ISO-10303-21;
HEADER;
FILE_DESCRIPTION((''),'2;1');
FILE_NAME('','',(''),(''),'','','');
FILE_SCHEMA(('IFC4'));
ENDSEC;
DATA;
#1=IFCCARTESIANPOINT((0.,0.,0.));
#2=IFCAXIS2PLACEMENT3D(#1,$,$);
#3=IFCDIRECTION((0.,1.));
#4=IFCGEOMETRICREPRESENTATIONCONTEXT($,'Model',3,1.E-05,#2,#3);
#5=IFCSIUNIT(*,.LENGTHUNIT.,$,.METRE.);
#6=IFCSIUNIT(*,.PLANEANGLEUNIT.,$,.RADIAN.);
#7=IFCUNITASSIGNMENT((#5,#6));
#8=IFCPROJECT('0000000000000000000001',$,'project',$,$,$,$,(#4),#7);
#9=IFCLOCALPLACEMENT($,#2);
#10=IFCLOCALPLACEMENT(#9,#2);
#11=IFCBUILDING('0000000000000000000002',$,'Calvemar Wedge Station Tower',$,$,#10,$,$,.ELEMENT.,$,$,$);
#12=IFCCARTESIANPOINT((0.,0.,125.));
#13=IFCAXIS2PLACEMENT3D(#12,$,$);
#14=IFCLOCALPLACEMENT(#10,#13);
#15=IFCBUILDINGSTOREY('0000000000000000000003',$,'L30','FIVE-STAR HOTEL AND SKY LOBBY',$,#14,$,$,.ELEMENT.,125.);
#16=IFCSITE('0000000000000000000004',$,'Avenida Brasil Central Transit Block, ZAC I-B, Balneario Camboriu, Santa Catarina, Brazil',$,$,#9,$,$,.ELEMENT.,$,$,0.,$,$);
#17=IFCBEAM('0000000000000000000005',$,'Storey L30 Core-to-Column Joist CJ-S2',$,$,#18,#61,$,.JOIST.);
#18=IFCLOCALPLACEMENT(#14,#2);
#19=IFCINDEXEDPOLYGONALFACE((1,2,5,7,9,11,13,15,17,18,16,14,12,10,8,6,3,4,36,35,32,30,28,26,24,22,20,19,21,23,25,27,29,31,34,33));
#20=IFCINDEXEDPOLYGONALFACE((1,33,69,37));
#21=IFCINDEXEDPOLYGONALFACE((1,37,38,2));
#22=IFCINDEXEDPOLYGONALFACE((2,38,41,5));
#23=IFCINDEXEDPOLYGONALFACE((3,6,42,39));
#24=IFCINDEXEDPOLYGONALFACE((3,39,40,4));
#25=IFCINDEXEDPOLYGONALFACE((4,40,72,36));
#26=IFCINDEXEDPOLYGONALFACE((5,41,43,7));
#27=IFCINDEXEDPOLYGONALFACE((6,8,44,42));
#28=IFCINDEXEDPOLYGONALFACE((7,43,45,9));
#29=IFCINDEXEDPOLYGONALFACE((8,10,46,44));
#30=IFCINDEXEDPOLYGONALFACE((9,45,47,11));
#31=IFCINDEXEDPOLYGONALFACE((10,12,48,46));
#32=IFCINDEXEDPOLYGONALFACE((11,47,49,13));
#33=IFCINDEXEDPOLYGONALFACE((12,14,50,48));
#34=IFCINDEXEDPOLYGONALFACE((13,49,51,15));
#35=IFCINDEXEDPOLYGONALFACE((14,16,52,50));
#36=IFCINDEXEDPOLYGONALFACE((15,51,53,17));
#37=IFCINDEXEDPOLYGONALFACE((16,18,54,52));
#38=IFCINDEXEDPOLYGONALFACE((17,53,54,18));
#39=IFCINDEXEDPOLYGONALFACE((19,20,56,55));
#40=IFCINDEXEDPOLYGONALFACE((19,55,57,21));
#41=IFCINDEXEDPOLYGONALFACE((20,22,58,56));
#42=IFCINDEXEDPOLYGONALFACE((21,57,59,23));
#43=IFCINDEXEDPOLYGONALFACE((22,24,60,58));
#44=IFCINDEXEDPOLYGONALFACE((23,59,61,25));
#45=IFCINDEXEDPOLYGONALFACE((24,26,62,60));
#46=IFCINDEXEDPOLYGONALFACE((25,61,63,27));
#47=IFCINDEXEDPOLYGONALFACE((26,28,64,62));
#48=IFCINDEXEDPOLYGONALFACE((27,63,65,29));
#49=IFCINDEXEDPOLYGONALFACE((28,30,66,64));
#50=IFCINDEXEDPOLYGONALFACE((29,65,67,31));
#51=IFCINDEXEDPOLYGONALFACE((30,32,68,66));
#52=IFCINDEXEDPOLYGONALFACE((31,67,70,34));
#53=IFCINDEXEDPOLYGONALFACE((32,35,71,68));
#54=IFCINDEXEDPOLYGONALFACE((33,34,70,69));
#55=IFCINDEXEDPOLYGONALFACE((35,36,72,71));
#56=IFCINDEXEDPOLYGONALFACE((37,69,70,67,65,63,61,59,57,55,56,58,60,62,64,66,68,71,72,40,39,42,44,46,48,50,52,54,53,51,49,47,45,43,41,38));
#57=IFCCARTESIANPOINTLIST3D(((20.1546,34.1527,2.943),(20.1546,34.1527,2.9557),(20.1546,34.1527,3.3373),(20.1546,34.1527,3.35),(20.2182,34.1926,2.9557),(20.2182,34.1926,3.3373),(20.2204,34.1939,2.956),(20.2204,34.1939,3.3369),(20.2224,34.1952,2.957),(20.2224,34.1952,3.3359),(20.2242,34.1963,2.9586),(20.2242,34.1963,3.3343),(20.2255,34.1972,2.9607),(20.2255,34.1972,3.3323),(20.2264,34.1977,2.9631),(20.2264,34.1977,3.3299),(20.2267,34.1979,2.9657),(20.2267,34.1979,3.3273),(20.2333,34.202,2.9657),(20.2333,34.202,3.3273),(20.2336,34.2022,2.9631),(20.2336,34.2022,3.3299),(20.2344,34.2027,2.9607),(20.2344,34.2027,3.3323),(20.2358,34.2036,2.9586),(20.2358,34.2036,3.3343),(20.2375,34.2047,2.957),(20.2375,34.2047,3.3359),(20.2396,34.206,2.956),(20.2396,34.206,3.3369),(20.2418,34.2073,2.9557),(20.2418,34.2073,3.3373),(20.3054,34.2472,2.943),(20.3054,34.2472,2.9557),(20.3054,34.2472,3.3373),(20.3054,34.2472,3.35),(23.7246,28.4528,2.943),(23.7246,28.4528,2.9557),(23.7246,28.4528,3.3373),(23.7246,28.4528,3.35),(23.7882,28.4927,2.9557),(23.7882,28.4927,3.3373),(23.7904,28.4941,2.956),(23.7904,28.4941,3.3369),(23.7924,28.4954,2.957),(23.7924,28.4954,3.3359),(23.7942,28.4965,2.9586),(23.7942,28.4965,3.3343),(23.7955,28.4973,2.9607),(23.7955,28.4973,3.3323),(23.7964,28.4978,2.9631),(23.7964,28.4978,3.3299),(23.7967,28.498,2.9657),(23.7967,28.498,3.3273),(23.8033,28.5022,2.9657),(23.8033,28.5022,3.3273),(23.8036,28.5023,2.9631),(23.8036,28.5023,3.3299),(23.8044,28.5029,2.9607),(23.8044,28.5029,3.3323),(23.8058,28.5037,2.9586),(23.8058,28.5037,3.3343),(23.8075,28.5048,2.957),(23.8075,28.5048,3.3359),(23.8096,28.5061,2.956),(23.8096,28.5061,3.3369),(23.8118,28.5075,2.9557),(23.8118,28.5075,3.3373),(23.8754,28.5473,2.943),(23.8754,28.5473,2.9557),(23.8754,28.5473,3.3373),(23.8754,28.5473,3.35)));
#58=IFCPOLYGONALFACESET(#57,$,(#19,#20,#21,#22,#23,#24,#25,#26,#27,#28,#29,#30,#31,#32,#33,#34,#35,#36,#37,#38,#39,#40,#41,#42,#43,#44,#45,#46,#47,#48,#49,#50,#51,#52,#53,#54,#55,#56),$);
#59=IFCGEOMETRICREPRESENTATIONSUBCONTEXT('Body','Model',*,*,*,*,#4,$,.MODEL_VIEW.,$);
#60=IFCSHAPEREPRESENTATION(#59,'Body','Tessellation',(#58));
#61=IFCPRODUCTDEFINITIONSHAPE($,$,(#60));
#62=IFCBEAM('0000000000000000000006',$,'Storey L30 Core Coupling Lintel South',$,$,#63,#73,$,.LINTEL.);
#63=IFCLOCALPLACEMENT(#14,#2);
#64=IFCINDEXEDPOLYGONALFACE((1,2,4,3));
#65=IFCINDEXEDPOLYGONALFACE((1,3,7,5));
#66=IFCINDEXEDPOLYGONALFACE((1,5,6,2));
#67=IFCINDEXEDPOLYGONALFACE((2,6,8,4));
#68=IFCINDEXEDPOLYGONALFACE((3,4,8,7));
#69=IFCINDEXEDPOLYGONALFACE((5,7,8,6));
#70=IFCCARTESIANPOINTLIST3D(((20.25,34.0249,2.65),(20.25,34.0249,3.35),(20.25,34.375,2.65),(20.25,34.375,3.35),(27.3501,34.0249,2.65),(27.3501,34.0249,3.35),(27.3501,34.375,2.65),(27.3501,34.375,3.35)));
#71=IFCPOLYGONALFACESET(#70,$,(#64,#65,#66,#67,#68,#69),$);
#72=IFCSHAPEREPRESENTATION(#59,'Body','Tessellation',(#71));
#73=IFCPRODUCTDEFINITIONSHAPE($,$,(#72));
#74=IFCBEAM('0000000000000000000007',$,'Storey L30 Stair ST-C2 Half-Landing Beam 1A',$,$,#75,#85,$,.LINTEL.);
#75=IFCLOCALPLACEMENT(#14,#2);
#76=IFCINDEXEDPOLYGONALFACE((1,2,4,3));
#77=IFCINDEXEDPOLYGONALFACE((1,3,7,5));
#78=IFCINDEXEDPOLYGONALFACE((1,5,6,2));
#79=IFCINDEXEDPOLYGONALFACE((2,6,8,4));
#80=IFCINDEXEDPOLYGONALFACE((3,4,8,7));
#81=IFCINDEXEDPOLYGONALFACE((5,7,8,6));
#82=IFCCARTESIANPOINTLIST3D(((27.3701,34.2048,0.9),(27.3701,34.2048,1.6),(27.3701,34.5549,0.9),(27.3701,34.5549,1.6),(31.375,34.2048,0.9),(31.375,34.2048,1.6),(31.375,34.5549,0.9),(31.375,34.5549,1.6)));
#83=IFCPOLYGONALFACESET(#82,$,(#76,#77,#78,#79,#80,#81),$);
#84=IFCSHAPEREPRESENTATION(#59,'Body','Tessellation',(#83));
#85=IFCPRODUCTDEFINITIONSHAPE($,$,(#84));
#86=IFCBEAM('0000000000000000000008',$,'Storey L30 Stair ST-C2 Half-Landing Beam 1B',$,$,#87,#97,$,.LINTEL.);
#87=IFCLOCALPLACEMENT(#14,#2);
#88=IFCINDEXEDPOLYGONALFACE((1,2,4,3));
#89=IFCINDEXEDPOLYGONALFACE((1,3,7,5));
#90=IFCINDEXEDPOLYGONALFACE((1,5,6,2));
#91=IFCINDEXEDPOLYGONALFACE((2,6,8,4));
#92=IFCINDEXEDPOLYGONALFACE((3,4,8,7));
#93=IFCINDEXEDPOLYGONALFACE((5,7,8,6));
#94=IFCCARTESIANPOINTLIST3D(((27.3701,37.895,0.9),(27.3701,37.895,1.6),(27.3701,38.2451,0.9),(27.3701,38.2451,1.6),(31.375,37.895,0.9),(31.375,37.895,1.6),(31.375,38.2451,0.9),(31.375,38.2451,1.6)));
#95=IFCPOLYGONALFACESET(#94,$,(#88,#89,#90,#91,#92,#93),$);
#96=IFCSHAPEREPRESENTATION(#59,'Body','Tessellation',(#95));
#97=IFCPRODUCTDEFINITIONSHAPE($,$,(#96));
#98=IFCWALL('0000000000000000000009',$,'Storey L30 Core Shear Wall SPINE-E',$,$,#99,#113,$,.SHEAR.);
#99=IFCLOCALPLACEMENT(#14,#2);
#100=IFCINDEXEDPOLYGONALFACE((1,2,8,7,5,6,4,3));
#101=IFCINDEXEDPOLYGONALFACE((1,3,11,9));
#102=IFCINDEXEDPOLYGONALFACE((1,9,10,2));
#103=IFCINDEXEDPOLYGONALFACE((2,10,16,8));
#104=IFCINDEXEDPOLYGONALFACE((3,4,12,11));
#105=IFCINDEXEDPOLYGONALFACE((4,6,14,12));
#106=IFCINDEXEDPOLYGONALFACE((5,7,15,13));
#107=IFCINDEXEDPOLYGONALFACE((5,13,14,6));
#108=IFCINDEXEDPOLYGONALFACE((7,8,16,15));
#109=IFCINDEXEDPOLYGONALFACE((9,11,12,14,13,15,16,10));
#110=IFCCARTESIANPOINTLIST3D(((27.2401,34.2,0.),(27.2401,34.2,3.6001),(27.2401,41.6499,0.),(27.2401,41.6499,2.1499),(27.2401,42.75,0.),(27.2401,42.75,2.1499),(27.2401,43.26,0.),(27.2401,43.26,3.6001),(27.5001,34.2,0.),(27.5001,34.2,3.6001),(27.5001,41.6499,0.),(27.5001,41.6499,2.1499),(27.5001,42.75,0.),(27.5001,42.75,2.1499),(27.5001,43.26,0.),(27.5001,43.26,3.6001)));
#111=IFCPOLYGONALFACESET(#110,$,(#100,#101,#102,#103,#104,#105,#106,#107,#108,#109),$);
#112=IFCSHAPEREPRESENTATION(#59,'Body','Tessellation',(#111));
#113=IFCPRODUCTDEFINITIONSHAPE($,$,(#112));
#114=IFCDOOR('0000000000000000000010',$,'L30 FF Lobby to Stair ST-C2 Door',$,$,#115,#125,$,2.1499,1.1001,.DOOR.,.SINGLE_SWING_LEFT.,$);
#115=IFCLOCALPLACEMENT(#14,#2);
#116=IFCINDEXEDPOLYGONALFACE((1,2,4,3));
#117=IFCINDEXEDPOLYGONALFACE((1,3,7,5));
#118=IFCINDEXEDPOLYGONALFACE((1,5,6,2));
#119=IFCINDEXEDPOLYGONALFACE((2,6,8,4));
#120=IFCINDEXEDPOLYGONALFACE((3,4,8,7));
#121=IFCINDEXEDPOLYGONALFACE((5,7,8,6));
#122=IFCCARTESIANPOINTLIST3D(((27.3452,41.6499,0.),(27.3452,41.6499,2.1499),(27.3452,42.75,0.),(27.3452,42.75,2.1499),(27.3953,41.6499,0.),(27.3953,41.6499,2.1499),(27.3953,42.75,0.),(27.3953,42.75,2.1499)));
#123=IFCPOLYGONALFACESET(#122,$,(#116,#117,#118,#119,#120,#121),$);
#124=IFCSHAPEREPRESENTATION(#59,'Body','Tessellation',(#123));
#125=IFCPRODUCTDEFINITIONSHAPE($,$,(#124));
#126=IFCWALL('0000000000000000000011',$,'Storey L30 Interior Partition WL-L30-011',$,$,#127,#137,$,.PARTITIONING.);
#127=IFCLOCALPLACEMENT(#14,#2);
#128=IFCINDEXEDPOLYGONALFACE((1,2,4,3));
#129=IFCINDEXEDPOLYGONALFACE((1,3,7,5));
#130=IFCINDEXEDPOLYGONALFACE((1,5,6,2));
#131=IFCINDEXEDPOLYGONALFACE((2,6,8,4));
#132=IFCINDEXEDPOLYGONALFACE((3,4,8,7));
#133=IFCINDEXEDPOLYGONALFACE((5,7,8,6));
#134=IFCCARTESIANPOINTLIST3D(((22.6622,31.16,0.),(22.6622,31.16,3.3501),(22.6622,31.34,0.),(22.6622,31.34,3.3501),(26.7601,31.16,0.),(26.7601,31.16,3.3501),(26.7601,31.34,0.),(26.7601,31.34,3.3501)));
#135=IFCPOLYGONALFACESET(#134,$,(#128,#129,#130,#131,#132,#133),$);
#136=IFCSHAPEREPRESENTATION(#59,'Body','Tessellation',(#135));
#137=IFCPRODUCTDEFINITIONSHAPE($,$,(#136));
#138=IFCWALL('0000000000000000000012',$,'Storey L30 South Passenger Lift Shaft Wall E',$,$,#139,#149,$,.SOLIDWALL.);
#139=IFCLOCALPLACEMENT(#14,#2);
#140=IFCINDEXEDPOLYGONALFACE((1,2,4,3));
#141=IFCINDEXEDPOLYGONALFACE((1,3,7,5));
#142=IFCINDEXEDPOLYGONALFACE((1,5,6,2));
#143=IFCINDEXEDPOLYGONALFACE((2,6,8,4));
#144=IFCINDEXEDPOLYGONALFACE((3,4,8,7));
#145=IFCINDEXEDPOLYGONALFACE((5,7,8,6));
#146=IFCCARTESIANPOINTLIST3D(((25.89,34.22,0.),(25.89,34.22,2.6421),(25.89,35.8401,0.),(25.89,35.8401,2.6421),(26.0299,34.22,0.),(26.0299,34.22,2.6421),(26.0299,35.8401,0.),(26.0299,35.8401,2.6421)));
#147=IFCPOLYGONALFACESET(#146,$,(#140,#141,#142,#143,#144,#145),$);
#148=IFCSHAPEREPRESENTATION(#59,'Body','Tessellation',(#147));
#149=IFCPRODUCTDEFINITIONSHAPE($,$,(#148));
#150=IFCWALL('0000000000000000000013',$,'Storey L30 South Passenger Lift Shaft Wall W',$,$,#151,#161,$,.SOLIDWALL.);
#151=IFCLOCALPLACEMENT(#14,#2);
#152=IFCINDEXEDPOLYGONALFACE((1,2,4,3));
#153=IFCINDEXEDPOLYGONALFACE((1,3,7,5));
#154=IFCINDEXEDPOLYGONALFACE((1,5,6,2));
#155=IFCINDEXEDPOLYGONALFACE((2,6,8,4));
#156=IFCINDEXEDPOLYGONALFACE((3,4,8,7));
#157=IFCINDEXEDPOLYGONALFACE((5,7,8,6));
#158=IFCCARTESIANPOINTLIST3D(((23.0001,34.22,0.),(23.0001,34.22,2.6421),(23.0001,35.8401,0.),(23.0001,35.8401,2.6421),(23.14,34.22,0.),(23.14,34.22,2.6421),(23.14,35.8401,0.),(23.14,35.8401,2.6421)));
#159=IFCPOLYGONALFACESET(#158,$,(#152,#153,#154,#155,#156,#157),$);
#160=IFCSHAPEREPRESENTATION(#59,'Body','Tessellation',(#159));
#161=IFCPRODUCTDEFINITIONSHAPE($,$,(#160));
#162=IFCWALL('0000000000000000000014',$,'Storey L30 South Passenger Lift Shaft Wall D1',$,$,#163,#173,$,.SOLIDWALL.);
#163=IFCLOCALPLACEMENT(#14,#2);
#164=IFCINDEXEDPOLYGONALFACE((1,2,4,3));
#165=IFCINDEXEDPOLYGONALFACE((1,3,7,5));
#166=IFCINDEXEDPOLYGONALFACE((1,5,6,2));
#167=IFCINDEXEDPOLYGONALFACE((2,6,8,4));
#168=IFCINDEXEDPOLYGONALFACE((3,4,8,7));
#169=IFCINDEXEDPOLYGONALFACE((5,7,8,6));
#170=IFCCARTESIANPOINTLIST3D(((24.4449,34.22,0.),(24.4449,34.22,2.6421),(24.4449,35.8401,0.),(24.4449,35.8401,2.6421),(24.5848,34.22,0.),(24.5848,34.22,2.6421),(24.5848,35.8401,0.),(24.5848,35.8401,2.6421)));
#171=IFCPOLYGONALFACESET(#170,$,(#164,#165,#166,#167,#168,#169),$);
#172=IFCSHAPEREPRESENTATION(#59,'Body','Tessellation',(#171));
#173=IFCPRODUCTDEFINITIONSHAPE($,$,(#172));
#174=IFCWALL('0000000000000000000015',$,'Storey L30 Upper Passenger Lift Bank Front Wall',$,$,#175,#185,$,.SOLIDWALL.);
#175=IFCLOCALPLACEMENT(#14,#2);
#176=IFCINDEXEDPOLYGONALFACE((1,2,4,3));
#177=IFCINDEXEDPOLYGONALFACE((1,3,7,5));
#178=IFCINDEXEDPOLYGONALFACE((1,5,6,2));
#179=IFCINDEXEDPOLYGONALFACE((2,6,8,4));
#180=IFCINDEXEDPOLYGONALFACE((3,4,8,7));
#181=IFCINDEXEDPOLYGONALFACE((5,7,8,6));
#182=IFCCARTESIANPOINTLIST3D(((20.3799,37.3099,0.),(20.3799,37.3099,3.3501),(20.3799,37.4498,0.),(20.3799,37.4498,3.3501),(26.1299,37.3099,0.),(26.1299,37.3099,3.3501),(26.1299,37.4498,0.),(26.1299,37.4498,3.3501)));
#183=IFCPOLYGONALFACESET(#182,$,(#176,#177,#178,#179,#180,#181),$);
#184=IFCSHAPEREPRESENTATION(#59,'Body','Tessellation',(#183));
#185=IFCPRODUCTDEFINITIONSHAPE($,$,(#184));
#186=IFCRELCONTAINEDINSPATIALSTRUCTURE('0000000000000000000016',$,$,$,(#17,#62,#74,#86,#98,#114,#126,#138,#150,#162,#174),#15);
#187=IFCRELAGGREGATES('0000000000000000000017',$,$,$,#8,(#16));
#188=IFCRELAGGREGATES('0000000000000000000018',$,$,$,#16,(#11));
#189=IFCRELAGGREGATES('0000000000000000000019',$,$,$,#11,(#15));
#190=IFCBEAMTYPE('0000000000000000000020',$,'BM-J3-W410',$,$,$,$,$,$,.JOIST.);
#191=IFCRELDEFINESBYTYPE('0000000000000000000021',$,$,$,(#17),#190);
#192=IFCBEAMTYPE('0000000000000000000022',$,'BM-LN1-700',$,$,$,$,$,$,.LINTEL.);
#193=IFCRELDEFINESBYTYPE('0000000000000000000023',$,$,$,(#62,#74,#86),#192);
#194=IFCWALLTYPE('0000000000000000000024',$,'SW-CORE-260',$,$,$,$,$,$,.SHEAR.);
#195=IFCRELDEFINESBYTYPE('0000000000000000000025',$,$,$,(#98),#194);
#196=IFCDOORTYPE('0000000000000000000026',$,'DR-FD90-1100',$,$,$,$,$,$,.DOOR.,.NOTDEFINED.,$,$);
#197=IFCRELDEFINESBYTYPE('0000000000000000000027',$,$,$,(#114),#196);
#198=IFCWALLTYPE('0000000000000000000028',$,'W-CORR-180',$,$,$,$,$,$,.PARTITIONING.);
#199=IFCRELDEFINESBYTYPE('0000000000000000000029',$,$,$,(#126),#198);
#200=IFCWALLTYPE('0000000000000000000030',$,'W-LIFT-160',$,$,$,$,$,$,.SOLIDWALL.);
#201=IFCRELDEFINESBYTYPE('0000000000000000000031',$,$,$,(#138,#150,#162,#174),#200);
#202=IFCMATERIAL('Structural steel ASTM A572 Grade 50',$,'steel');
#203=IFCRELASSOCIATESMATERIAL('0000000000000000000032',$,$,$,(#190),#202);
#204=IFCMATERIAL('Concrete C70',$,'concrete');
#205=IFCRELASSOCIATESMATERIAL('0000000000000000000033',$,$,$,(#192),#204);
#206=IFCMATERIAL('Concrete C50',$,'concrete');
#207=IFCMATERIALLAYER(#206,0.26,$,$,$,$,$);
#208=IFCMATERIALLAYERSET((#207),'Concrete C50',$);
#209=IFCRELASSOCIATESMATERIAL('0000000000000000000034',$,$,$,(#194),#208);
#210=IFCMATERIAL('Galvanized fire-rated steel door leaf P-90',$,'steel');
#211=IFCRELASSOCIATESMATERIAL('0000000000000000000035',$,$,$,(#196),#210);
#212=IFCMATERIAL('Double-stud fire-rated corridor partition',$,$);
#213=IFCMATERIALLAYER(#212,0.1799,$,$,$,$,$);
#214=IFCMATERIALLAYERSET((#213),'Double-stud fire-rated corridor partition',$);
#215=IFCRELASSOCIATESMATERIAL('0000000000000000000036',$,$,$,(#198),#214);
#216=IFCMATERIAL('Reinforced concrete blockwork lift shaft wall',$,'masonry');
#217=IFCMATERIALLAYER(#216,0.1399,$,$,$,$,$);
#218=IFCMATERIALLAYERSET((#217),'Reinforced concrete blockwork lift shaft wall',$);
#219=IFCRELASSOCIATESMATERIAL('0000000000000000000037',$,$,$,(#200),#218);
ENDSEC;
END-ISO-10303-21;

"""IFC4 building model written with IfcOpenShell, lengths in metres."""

from ifc_helpers import new_model, si_unit, direction, frame, frame_2d, origin, origin_2d, place, context, subcontext, project, spatial, rectangle, i_section, extrude, source, transform, mapped, material, layer, layer_set, material_profile, profile_set, type_object, element, fill, save


model = new_model("IFC4")

# Units and contexts
model_context = context("Model", 3, precision=1e-05, world=origin(), true_north=direction((0.0, 1.0)))
body_context = subcontext(model_context, "Body", "Model", "MODEL_VIEW")
ifc_project = project(units=[si_unit("LENGTHUNIT", "METRE"), si_unit("PLANEANGLEUNIT", "RADIAN")], contexts=[model_context])

# Site, building, storey
site_placement = place(None, origin())
site = spatial("IfcSite", under=ifc_project, at=site_placement, Name="Avenida Brasil Central Transit Block, ZAC I-B, Balneario Camboriu, Santa Catarina, Brazil", CompositionType="ELEMENT", RefElevation=0.0)
building_placement = place(site_placement, origin())
building = spatial("IfcBuilding", under=site, at=building_placement, Name="Calvemar Wedge Station Tower", CompositionType="ELEMENT")
storey_placement = place(building_placement, frame((0.0, 0.0, 125.0)))
storey = spatial("IfcBuildingStorey", under=building, at=storey_placement, Name="L30", Description="FIVE-STAR HOTEL AND SKY LOBBY", CompositionType="ELEMENT", Elevation=125.0)

# Beams
ifc_material_1 = material(Name="Structural steel ASTM A572 Grade 50", Category="steel")
ifc_material_profile_1 = material_profile(ifc_material_1, i_section(OverallWidth=0.178, OverallDepth=0.407, WebThickness=0.0078, FlangeThickness=0.0127, FilletRadius=0.01, at=origin_2d()), Name="W410x60")
ifc_profile_set_1 = profile_set([ifc_material_profile_1], Name="Structural steel ASTM A572 Grade 50")
beam_type_1 = type_object("IfcBeamType", Name="BM-J3-W410", PredefinedType="JOIST", material=ifc_profile_set_1)
shared_shape_1 = source(origin(), body_context, "Body", "SweptSolid", [
    extrude(i_section(OverallWidth=0.178, OverallDepth=0.407, WebThickness=0.0078, FlangeThickness=0.0127, FilletRadius=0.01, at=origin_2d()), origin(), (0.0, 0.0, 1.0), 6.7256),
])
beam_1_placement = place(storey_placement, frame((20.23, 34.2, 3.1465), z_axis=(0.530811, -0.84749, 0.0), x_axis=(0.84749, 0.530811, 0.0)))
element("IfcBeam", 1, at=beam_1_placement, inside=storey, type_object=beam_type_1, Name="Storey L30 Core-to-Column Joist CJ-S2", PredefinedType="JOIST", context=body_context, shape_type="MappedRepresentation", body=[
    mapped(shared_shape_1, transform((0.0, 0.0, 0.0), scale=1.0)),
])
ifc_material_2 = material(Name="Concrete C70", Category="concrete")
ifc_material_profile_2 = material_profile(ifc_material_2, rectangle(XDim=0.3501, YDim=0.7, at=origin_2d()), Name="RC350x700")
ifc_profile_set_2 = profile_set([ifc_material_profile_2], Name="Concrete C70")
beam_type_2 = type_object("IfcBeamType", Name="BM-LN1-700", PredefinedType="LINTEL", material=ifc_profile_set_2)
shared_shape_2 = source(origin(), body_context, "Body", "SweptSolid", [
    extrude(rectangle(XDim=0.3501, YDim=0.7, at=origin_2d()), origin(), (0.0, 0.0, 1.0), 7.1001),
])
beam_2_placement = place(storey_placement, frame((20.25, 34.2, 3.0), z_axis=(1.0, 0.0, 0.0), x_axis=(0.0, 1.0, 0.0)))
element("IfcBeam", 2, at=beam_2_placement, inside=storey, type_object=beam_type_2, Name="Storey L30 Core Coupling Lintel South", PredefinedType="LINTEL", context=body_context, shape_type="MappedRepresentation", body=[
    mapped(shared_shape_2, transform((0.0, 0.0, 0.0), scale=1.0)),
])
shared_shape_3 = source(origin(), body_context, "Body", "SweptSolid", [
    extrude(rectangle(XDim=0.3501, YDim=0.7, at=origin_2d()), origin(), (0.0, 0.0, 1.0), 4.0049),
])
for number, where, z_axis, x_axis, name in (
    (3, (27.3701, 34.3799, 1.25), (1.0, 0.0, 0.0), (0.0, 1.0, 0.0), "Storey L30 Stair ST-C2 Half-Landing Beam 1A"),
    (4, (27.3701, 38.0701, 1.25), (1.0, 0.0, 0.0), (0.0, 1.0, 0.0), "Storey L30 Stair ST-C2 Half-Landing Beam 1B"),
):
    element("IfcBeam", number, at=place(storey_placement, frame(where, z_axis=z_axis, x_axis=x_axis)), inside=storey, type_object=beam_type_2, Name=name, PredefinedType="LINTEL", context=body_context, shape_type="MappedRepresentation", body=[
        mapped(shared_shape_3, transform((0.0, 0.0, 0.0), scale=1.0)),
    ])

# Wall, opening, door
ifc_material_3 = material(Name="Concrete C50", Category="concrete")
ifc_layer_1 = layer(ifc_material_3, 0.26)
ifc_layer_set_1 = layer_set([ifc_layer_1], Name="Concrete C50")
wall_type_1 = type_object("IfcWallType", Name="SW-CORE-260", PredefinedType="SHEAR", material=ifc_layer_set_1)
wall_1_placement = place(storey_placement, frame((27.3701, 34.2, 0.0), z_axis=(0.0, 0.0, 1.0), x_axis=(0.0, 1.0, 0.0)))
wall_1 = element("IfcWall", 5, at=wall_1_placement, inside=storey, type_object=wall_type_1, Name="Storey L30 Core Shear Wall SPINE-E", PredefinedType="SHEAR", context=body_context, shape_type="SweptSolid", body=[
    extrude(rectangle(XDim=9.0601, YDim=0.26, at=frame_2d((4.53, 0.0))), origin(), (0.0, 0.0, 1.0), 3.6001),
])
shared_shape_4 = source(origin(), body_context, "Body", "SweptSolid", [
    extrude(rectangle(XDim=1.1001, YDim=2.1499, at=frame_2d((0.55, 1.075))), frame((0.0, 0.1401, 0.0), z_axis=(0.0, -1.0, 0.0), x_axis=(1.0, 0.0, 0.0)), (0.0, 0.0, 1.0), 0.28),
])
opening_1_placement = place(wall_1_placement, frame((7.45, 0.0, 0.0)))
opening_1 = element("IfcOpeningElement", 6, at=opening_1_placement, cuts=wall_1, PredefinedType="OPENING", context=body_context, shape_type="MappedRepresentation", body=[
    mapped(shared_shape_4, transform((0.0, 0.0, 0.0), scale=1.0)),
])
ifc_material_4 = material(Name="Galvanized fire-rated steel door leaf P-90", Category="steel")
door_type_1 = type_object("IfcDoorType", Name="DR-FD90-1100", OperationType="NOTDEFINED", PredefinedType="DOOR", material=ifc_material_4)
shared_shape_5 = source(origin(), body_context, "Body", "SweptSolid", [
    extrude(rectangle(XDim=1.1001, YDim=2.1499, at=frame_2d((0.55, 1.075))), frame((0.0, 0.0249, 0.0), z_axis=(0.0, -1.0, 0.0), x_axis=(1.0, 0.0, 0.0)), (0.0, 0.0, 1.0), 0.05),
])
door_1_placement = place(opening_1_placement, origin())
door_1 = element("IfcDoor", 7, at=door_1_placement, inside=storey, type_object=door_type_1, Name="L30 FF Lobby to Stair ST-C2 Door", OperationType="SINGLE_SWING_LEFT", OverallHeight=2.1499, OverallWidth=1.1001, PredefinedType="DOOR", context=body_context, shape_type="MappedRepresentation", body=[
    mapped(shared_shape_5, transform((0.0, 0.0, 0.0), scale=1.0)),
])
fill(opening_1, door_1)
ifc_material_5 = material(Name="Double-stud fire-rated corridor partition")
ifc_layer_2 = layer(ifc_material_5, 0.1799)
ifc_layer_set_2 = layer_set([ifc_layer_2], Name="Double-stud fire-rated corridor partition")
wall_type_2 = type_object("IfcWallType", Name="W-CORR-180", PredefinedType="PARTITIONING", material=ifc_layer_set_2)

# Wall
wall_2_placement = place(storey_placement, frame((26.76, 31.25, 0.0), z_axis=(0.0, 0.0, 1.0), x_axis=(-1.0, 0.0, 0.0)))
element("IfcWall", 8, at=wall_2_placement, inside=storey, type_object=wall_type_2, Name="Storey L30 Interior Partition WL-L30-011", PredefinedType="PARTITIONING", context=body_context, shape_type="SweptSolid", body=[
    extrude(rectangle(XDim=4.0979, YDim=0.1799, at=frame_2d((2.0488, 0.0))), origin(), (0.0, 0.0, 1.0), 3.3501),
])

# Shared definitions
ifc_material_6 = material(Name="Reinforced concrete blockwork lift shaft wall", Category="masonry")
ifc_layer_3 = layer(ifc_material_6, 0.1399)
ifc_layer_set_3 = layer_set([ifc_layer_3], Name="Reinforced concrete blockwork lift shaft wall")
wall_type_3 = type_object("IfcWallType", Name="W-LIFT-160", PredefinedType="SOLIDWALL", material=ifc_layer_set_3)

# Walls
for number, where, z_axis, x_axis, name in (
    (9, (25.96, 34.22, 0.0), (0.0, 0.0, 1.0), (0.0, 1.0, 0.0), "Storey L30 South Passenger Lift Shaft Wall E"),
    (10, (23.0701, 34.22, 0.0), (0.0, 0.0, 1.0), (0.0, 1.0, 0.0), "Storey L30 South Passenger Lift Shaft Wall W"),
    (11, (24.5149, 34.22, 0.0), (0.0, 0.0, 1.0), (0.0, 1.0, 0.0), "Storey L30 South Passenger Lift Shaft Wall D1"),
):
    element("IfcWall", number, at=place(storey_placement, frame(where, z_axis=z_axis, x_axis=x_axis)), inside=storey, type_object=wall_type_3, Name=name, PredefinedType="SOLIDWALL", context=body_context, shape_type="SweptSolid", body=[
        extrude(rectangle(XDim=1.6201, YDim=0.1399, at=frame_2d((0.8101, 0.0))), origin(), (0.0, 0.0, 1.0), 2.6421),
    ])
wall_3_placement = place(storey_placement, frame((20.3799, 37.3799, 0.0), z_axis=(0.0, 0.0, 1.0), x_axis=(1.0, 0.0, 0.0)))
element("IfcWall", 12, at=wall_3_placement, inside=storey, type_object=wall_type_3, Name="Storey L30 Upper Passenger Lift Bank Front Wall", PredefinedType="SOLIDWALL", context=body_context, shape_type="SweptSolid", body=[
    extrude(rectangle(XDim=5.75, YDim=0.1399, at=frame_2d((2.875, 0.0))), origin(), (0.0, 0.0, 1.0), 3.3501),
])

save(model, "model.ifc")
